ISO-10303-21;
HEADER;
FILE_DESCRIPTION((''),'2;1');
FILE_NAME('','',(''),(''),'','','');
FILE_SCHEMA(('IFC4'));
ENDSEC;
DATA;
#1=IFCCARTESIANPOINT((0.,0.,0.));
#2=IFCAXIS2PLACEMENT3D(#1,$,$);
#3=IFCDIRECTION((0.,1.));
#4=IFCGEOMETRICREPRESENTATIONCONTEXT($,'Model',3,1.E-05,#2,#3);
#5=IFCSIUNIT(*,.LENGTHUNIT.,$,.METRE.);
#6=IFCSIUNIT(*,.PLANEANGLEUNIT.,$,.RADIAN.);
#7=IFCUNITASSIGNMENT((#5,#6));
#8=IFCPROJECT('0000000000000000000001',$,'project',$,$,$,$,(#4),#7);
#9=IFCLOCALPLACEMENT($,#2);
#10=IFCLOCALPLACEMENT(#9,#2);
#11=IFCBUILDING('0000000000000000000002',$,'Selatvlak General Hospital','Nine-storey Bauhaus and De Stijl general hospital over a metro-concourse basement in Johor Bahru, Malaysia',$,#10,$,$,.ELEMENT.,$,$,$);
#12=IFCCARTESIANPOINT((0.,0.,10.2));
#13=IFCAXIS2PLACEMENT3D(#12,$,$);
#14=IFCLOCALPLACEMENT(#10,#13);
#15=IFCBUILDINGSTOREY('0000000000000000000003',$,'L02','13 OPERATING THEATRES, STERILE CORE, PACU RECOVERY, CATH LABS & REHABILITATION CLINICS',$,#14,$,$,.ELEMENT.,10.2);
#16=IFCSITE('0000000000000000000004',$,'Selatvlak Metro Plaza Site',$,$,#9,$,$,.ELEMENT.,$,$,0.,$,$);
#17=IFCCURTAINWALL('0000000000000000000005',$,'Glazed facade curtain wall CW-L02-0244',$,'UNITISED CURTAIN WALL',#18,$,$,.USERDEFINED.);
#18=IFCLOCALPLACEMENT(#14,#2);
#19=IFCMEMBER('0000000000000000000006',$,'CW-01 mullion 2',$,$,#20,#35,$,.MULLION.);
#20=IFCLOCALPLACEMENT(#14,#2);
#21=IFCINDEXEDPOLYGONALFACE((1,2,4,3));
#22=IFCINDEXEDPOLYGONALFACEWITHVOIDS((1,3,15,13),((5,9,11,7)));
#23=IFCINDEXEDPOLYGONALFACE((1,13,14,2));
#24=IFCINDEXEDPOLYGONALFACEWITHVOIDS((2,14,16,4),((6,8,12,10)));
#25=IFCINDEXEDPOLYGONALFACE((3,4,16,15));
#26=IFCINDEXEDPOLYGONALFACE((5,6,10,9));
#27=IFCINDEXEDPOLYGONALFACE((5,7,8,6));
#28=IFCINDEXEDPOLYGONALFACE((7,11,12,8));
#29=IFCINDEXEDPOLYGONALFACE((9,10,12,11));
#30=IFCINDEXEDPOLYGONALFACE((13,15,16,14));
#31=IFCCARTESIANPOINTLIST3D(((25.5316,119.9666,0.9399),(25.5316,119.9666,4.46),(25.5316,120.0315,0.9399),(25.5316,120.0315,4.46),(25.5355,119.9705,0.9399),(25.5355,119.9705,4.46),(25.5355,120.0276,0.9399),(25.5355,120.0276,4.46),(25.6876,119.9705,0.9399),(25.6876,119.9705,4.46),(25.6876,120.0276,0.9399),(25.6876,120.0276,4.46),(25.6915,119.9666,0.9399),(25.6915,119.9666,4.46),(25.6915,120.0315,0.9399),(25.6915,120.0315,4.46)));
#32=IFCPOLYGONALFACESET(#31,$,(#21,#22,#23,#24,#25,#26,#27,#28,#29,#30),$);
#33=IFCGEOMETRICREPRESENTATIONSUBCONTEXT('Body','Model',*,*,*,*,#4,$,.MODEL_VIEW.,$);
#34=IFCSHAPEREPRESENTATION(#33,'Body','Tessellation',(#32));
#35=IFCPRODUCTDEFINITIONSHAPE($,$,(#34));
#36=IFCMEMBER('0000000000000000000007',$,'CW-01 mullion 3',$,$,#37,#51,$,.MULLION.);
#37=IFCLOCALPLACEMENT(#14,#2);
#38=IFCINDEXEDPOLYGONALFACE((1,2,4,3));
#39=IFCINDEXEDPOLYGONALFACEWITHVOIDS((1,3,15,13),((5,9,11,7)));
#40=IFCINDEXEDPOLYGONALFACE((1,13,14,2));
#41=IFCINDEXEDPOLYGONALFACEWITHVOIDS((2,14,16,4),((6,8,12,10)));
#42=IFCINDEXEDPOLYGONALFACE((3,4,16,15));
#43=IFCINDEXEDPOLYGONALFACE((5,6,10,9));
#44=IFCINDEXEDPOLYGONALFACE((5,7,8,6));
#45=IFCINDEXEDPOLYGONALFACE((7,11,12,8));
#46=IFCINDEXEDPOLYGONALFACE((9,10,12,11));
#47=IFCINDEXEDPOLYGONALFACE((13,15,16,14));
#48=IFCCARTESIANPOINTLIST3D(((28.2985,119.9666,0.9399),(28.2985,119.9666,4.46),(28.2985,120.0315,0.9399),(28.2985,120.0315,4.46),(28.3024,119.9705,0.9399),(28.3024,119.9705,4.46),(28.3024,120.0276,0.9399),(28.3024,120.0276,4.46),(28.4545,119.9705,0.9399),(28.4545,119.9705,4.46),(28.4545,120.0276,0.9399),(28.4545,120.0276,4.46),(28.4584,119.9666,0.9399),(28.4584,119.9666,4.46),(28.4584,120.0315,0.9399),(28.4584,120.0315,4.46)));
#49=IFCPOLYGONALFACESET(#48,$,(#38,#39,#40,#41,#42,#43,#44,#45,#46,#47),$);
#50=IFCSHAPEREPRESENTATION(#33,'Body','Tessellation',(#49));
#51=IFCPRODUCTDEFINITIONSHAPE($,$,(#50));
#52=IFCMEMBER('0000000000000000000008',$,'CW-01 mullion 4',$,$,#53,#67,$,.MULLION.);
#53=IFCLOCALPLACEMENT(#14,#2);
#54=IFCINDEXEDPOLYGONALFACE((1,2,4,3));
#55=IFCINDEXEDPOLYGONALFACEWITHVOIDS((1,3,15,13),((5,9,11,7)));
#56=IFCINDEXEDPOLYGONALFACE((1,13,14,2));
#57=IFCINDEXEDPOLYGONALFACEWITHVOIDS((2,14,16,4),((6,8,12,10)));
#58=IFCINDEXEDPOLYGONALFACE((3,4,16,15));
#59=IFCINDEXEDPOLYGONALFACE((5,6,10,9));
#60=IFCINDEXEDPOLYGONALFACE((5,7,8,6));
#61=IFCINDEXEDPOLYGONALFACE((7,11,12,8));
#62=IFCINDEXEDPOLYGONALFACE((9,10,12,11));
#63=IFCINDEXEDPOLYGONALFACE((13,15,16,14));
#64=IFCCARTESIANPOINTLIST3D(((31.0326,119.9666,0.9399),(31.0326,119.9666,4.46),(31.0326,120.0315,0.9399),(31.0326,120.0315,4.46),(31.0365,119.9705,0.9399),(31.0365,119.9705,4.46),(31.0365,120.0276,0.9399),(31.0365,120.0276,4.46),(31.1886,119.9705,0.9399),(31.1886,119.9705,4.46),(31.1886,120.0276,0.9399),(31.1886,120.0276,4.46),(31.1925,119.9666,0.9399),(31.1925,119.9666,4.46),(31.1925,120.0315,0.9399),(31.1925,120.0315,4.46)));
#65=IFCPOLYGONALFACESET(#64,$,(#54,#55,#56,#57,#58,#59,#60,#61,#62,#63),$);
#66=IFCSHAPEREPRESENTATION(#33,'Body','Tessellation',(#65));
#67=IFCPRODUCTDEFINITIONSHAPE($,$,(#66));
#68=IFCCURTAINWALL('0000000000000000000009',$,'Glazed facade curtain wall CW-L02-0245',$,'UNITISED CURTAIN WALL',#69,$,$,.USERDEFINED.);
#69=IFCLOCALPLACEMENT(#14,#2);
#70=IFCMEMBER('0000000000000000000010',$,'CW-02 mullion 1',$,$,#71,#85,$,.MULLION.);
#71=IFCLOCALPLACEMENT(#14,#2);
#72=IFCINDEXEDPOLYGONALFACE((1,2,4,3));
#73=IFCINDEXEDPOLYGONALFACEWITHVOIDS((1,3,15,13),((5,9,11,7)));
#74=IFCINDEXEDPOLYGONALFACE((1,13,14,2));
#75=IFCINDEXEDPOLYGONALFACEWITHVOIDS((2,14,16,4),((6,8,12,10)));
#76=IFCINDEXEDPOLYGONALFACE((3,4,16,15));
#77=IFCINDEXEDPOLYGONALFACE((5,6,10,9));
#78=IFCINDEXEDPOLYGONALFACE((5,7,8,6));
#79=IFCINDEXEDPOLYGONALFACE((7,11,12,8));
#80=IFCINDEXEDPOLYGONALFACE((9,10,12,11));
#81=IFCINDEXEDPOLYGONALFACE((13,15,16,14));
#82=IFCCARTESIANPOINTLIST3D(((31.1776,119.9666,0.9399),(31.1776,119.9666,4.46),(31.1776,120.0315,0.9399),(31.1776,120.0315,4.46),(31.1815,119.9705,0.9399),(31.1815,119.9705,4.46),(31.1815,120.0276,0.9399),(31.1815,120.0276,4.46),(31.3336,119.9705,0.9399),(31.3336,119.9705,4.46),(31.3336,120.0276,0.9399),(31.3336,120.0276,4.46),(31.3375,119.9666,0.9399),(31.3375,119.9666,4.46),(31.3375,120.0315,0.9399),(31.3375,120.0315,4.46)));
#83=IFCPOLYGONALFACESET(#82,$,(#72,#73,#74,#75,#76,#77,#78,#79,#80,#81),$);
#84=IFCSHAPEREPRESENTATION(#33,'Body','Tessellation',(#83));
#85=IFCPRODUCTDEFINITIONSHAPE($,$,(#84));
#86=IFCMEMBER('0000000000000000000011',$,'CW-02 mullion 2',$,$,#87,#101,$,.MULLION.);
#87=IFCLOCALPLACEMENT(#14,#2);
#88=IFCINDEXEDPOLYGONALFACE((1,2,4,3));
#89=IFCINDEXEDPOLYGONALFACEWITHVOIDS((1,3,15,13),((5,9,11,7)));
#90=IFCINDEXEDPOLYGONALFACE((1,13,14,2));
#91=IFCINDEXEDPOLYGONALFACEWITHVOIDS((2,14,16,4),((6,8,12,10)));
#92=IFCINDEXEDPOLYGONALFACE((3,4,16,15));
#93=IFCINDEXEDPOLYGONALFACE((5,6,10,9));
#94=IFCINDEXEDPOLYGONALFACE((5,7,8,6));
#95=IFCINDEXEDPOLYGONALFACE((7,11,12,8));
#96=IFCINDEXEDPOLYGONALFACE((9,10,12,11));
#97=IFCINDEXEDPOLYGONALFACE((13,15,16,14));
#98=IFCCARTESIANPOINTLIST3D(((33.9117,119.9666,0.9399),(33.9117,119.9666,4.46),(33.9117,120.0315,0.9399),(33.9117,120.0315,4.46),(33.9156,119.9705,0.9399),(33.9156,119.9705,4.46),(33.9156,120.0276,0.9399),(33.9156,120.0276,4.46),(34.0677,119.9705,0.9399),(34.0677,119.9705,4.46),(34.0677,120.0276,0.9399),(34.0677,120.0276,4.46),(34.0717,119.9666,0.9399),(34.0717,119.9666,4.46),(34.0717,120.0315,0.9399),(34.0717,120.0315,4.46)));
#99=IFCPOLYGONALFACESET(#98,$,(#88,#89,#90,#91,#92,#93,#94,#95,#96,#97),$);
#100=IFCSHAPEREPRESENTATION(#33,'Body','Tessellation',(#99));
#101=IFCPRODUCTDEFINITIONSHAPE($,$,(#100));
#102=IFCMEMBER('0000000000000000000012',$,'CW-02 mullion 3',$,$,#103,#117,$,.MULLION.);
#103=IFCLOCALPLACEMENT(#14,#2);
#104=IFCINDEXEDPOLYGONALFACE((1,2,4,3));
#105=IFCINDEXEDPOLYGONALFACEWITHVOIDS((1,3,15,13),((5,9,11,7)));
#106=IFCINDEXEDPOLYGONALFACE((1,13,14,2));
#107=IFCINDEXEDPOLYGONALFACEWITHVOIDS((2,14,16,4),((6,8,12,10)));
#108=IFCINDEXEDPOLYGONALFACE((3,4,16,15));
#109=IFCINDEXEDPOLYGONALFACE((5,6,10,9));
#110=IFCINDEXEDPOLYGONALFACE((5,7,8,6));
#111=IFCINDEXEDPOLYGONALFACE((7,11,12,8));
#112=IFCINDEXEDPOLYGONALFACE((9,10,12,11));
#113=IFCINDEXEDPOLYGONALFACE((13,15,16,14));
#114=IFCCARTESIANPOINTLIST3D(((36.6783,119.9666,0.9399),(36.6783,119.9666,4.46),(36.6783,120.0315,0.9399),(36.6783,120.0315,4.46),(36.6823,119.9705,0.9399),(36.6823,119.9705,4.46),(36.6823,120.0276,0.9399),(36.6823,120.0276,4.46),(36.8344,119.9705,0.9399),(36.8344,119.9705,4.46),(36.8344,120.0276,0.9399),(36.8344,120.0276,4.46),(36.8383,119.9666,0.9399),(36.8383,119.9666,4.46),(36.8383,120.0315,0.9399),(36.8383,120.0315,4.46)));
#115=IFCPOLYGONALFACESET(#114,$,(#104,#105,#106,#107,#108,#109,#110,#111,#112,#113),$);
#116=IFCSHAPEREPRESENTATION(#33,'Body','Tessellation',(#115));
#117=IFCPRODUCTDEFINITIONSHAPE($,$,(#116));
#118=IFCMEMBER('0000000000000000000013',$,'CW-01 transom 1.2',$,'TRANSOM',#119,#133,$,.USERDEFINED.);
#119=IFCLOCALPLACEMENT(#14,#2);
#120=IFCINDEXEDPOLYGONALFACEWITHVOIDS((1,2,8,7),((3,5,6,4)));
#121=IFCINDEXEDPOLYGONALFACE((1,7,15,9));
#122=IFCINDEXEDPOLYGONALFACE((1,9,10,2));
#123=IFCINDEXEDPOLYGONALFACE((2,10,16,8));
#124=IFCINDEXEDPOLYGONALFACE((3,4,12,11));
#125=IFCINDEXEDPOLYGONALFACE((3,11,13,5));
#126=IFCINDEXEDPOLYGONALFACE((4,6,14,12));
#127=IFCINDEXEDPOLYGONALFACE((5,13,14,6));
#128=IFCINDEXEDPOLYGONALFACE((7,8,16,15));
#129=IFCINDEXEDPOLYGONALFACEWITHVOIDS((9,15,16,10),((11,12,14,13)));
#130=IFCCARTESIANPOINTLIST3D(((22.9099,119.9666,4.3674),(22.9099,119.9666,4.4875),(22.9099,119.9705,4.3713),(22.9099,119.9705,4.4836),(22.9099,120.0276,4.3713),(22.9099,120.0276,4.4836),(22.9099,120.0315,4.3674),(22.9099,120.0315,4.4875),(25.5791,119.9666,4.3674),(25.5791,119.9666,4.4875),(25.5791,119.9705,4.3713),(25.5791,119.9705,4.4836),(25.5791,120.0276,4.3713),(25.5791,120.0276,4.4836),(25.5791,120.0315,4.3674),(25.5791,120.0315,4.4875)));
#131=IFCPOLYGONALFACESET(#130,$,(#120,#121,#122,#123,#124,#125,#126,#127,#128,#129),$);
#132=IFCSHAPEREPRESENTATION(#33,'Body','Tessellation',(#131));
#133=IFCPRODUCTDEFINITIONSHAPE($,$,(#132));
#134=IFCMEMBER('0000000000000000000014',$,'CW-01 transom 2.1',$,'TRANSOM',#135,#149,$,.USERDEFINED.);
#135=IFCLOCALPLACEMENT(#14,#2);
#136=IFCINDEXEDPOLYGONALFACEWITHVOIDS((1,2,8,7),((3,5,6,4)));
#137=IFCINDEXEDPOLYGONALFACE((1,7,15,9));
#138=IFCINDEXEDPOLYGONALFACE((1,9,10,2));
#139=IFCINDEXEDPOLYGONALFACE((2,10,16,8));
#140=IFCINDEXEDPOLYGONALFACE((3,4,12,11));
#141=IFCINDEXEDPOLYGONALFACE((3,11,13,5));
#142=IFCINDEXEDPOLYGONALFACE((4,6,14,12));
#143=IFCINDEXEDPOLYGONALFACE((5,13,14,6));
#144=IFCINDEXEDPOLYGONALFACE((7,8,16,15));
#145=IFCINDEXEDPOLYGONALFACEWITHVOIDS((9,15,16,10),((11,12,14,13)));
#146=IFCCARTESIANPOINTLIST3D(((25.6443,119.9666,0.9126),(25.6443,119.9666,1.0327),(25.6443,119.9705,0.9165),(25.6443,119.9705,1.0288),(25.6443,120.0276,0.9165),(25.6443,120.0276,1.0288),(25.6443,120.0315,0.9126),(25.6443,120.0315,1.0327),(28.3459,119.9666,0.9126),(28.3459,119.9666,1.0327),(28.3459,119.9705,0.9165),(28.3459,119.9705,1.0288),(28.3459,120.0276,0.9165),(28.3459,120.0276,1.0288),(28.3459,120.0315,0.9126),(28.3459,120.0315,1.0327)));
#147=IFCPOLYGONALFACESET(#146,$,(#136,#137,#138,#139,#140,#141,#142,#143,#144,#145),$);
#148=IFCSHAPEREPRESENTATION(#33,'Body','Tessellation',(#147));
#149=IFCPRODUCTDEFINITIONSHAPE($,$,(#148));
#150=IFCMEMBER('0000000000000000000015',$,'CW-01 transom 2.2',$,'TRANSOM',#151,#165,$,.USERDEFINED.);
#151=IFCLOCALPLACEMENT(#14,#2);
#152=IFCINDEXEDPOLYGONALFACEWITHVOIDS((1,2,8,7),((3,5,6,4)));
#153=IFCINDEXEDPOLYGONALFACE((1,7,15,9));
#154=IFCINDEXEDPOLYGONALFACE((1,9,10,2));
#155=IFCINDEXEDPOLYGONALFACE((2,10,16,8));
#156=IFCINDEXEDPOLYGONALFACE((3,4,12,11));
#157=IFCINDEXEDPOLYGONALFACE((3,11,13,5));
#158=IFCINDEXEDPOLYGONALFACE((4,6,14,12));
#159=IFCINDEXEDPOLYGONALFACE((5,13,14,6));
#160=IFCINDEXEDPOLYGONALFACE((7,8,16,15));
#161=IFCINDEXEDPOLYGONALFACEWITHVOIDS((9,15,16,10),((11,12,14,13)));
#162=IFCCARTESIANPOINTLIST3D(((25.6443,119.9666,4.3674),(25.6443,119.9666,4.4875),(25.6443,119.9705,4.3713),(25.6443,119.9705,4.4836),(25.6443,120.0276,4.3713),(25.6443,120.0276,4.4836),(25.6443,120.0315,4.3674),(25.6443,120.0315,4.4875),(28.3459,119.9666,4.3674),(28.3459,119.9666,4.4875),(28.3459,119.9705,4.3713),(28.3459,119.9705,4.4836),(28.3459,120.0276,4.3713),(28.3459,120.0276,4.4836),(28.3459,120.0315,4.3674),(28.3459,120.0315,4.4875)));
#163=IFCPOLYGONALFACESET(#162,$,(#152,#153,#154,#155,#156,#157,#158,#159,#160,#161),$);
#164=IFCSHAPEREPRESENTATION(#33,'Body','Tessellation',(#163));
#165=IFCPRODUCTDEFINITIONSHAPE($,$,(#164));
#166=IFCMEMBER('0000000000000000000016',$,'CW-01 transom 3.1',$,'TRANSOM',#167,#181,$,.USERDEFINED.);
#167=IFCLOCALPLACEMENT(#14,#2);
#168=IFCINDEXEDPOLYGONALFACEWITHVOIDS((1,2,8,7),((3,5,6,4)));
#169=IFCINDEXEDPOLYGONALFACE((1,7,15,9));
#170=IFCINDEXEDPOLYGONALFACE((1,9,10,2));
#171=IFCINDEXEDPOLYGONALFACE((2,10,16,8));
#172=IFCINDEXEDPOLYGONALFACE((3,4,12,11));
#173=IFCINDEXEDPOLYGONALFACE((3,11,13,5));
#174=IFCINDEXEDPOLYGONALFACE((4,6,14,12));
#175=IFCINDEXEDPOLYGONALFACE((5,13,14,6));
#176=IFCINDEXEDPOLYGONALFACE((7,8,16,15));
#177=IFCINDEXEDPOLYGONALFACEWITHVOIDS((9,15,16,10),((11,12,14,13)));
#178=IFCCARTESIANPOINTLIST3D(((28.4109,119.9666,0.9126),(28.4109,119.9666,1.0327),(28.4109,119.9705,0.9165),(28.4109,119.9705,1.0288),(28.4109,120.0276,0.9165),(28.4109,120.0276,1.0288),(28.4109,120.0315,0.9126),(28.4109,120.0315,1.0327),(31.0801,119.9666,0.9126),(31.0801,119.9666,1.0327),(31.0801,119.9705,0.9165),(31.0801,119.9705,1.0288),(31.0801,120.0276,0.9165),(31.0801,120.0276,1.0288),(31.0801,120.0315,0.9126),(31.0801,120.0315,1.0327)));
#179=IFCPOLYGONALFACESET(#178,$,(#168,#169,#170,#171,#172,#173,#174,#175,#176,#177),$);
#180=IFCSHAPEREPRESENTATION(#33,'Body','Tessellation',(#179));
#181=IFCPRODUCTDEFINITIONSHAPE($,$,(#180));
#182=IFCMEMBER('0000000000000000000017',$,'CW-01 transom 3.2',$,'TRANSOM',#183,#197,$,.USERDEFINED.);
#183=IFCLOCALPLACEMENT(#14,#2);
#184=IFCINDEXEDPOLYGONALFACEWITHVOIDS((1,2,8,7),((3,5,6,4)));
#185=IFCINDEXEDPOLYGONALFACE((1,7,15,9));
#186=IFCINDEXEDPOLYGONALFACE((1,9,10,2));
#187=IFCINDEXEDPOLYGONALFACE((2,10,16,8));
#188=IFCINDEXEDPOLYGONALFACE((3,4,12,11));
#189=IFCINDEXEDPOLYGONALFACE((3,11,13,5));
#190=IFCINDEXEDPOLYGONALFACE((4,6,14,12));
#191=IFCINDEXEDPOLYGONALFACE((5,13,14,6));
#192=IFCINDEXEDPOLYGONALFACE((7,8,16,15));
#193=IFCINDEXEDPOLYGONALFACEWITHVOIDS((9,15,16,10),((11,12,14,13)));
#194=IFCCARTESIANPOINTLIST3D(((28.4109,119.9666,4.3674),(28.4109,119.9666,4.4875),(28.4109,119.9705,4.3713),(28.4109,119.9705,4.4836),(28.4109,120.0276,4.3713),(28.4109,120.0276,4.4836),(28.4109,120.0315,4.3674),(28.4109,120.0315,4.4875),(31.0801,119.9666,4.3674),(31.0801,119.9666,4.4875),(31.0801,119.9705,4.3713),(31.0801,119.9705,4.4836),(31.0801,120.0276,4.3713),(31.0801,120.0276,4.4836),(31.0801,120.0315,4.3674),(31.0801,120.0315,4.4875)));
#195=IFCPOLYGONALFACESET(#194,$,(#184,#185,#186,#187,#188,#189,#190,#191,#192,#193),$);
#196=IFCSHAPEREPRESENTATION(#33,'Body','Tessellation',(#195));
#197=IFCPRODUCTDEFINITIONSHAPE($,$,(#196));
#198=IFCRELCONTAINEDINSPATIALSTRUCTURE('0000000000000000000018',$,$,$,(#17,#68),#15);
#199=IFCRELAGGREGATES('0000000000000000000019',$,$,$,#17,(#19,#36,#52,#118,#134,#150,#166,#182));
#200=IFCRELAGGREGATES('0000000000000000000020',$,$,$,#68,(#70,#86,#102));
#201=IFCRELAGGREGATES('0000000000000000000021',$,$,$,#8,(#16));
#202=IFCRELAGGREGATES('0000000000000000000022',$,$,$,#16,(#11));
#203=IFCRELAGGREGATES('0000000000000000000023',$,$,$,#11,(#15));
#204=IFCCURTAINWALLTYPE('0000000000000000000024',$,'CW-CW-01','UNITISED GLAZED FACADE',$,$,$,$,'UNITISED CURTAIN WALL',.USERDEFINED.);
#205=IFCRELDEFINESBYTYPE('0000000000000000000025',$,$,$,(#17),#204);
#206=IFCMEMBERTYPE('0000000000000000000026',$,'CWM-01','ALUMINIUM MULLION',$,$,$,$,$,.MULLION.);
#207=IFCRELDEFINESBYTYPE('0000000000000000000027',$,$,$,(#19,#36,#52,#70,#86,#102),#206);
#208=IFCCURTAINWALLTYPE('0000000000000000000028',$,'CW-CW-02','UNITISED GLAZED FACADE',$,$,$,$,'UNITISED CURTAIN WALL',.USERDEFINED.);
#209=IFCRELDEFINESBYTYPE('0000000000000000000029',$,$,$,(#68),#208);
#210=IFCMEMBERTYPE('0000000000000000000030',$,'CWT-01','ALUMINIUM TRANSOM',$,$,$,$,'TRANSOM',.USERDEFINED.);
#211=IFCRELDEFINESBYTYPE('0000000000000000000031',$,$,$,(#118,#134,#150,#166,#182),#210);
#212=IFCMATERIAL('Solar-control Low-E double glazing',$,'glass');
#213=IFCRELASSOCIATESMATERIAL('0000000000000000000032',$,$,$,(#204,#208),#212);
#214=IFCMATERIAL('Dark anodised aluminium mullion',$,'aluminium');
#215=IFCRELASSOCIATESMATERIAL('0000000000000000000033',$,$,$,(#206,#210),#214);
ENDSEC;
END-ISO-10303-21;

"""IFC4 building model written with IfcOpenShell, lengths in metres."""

from ifc_helpers import new_model, si_unit, direction, frame, origin, origin_2d, place, context, subcontext, project, spatial, hollow_rectangle, extrude, material, material_profile, profile_set, type_object, element, aggregate, save


model = new_model("IFC4")

# Units and contexts
model_context = context("Model", 3, precision=1e-05, world=origin(), true_north=direction((0.0, 1.0)))
body_context = subcontext(model_context, "Body", "Model", "MODEL_VIEW")
ifc_project = project(units=[si_unit("LENGTHUNIT", "METRE"), si_unit("PLANEANGLEUNIT", "RADIAN")], contexts=[model_context])

# Site, building, storey
site_placement = place(None, origin())
site = spatial("IfcSite", under=ifc_project, at=site_placement, Name="Selatvlak Metro Plaza Site", CompositionType="ELEMENT", RefElevation=0.0)
building_placement = place(site_placement, origin())
building = spatial("IfcBuilding", under=site, at=building_placement, Name="Selatvlak General Hospital", Description="Nine-storey Bauhaus and De Stijl general hospital over a metro-concourse basement in Johor Bahru, Malaysia", CompositionType="ELEMENT")
storey_placement = place(building_placement, frame((0.0, 0.0, 10.2)))
storey = spatial("IfcBuildingStorey", under=building, at=storey_placement, Name="L02", Description="13 OPERATING THEATRES, STERILE CORE, PACU RECOVERY, CATH LABS & REHABILITATION CLINICS", CompositionType="ELEMENT", Elevation=10.2)

# Curtain walls, members
ifc_material_1 = material(Name="Solar-control Low-E double glazing", Category="glass")
curtain_wall_type_1 = type_object("IfcCurtainWallType", Name="CW-CW-01", Description="UNITISED GLAZED FACADE", ElementType="UNITISED CURTAIN WALL", PredefinedType="USERDEFINED", material=ifc_material_1)
curtain_wall_1_placement = place(storey_placement, origin())
curtain_wall_1 = element("IfcCurtainWall", 1, at=curtain_wall_1_placement, inside=storey, type_object=curtain_wall_type_1, Name="Glazed facade curtain wall CW-L02-0244", ObjectType="UNITISED CURTAIN WALL", PredefinedType="USERDEFINED")
ifc_material_2 = material(Name="Dark anodised aluminium mullion", Category="aluminium")
ifc_material_profile_1 = material_profile(ifc_material_2, hollow_rectangle(XDim=0.0649, YDim=0.1599, WallThickness=0.0039, at=origin_2d()), Name="AL-MUL 65x160x4")
ifc_profile_set_1 = profile_set([ifc_material_profile_1], Name="Dark anodised aluminium mullion")
member_type_1 = type_object("IfcMemberType", Name="CWM-01", Description="ALUMINIUM MULLION", PredefinedType="MULLION", material=ifc_profile_set_1)
member_1_placement = place(storey_placement, frame((25.6116, 119.999, 0.9399), z_axis=(0.0, 0.0, 1.0), x_axis=(0.0, 1.0, 0.0)))
member_1 = element("IfcMember", 2, at=member_1_placement, type_object=member_type_1, Name="CW-01 mullion 2", PredefinedType="MULLION", context=body_context, shape_type="SweptSolid", body=[
    extrude(hollow_rectangle(XDim=0.0649, YDim=0.1599, WallThickness=0.0039, at=origin_2d()), origin(), (0.0, 0.0, 1.0), 3.52),
])
member_2_placement = place(storey_placement, frame((28.3784, 119.999, 0.9399), z_axis=(0.0, 0.0, 1.0), x_axis=(0.0, 1.0, 0.0)))
member_2 = element("IfcMember", 3, at=member_2_placement, type_object=member_type_1, Name="CW-01 mullion 3", PredefinedType="MULLION", context=body_context, shape_type="SweptSolid", body=[
    extrude(hollow_rectangle(XDim=0.0649, YDim=0.1599, WallThickness=0.0039, at=origin_2d()), origin(), (0.0, 0.0, 1.0), 3.52),
])
member_3_placement = place(storey_placement, frame((31.1125, 119.999, 0.9399), z_axis=(0.0, 0.0, 1.0), x_axis=(0.0, 1.0, 0.0)))
member_3 = element("IfcMember", 4, at=member_3_placement, type_object=member_type_1, Name="CW-01 mullion 4", PredefinedType="MULLION", context=body_context, shape_type="SweptSolid", body=[
    extrude(hollow_rectangle(XDim=0.0649, YDim=0.1599, WallThickness=0.0039, at=origin_2d()), origin(), (0.0, 0.0, 1.0), 3.52),
])
curtain_wall_type_2 = type_object("IfcCurtainWallType", Name="CW-CW-02", Description="UNITISED GLAZED FACADE", ElementType="UNITISED CURTAIN WALL", PredefinedType="USERDEFINED", material=ifc_material_1)
curtain_wall_2_placement = place(storey_placement, origin())
curtain_wall_2 = element("IfcCurtainWall", 5, at=curtain_wall_2_placement, inside=storey, type_object=curtain_wall_type_2, Name="Glazed facade curtain wall CW-L02-0245", ObjectType="UNITISED CURTAIN WALL", PredefinedType="USERDEFINED")
member_4_placement = place(storey_placement, frame((31.2576, 119.999, 0.9399), z_axis=(0.0, 0.0, 1.0), x_axis=(0.0, 1.0, 0.0)))
member_4 = element("IfcMember", 6, at=member_4_placement, type_object=member_type_1, Name="CW-02 mullion 1", PredefinedType="MULLION", context=body_context, shape_type="SweptSolid", body=[
    extrude(hollow_rectangle(XDim=0.0649, YDim=0.1599, WallThickness=0.0039, at=origin_2d()), origin(), (0.0, 0.0, 1.0), 3.52),
])
member_5_placement = place(storey_placement, frame((33.9917, 119.999, 0.9399), z_axis=(0.0, 0.0, 1.0), x_axis=(0.0, 1.0, 0.0)))
member_5 = element("IfcMember", 7, at=member_5_placement, type_object=member_type_1, Name="CW-02 mullion 2", PredefinedType="MULLION", context=body_context, shape_type="SweptSolid", body=[
    extrude(hollow_rectangle(XDim=0.0649, YDim=0.1599, WallThickness=0.0039, at=origin_2d()), origin(), (0.0, 0.0, 1.0), 3.52),
])
member_6_placement = place(storey_placement, frame((36.7583, 119.999, 0.9399), z_axis=(0.0, 0.0, 1.0), x_axis=(0.0, 1.0, 0.0)))
member_6 = element("IfcMember", 8, at=member_6_placement, type_object=member_type_1, Name="CW-02 mullion 3", PredefinedType="MULLION", context=body_context, shape_type="SweptSolid", body=[
    extrude(hollow_rectangle(XDim=0.0649, YDim=0.1599, WallThickness=0.0039, at=origin_2d()), origin(), (0.0, 0.0, 1.0), 3.52),
])

# Members
ifc_material_profile_2 = material_profile(ifc_material_2, hollow_rectangle(XDim=0.0649, YDim=0.1201, WallThickness=0.0039, at=origin_2d()), Name="AL-TRN 65x120x4")
ifc_profile_set_2 = profile_set([ifc_material_profile_2], Name="Dark anodised aluminium mullion")
member_type_2 = type_object("IfcMemberType", Name="CWT-01", Description="ALUMINIUM TRANSOM", ElementType="TRANSOM", PredefinedType="USERDEFINED", material=ifc_profile_set_2)
member_7_placement = place(storey_placement, frame((22.9099, 119.999, 4.4275), z_axis=(1.0, 0.0, 0.0), x_axis=(0.0, 1.0, 0.0)))
member_7 = element("IfcMember", 9, at=member_7_placement, type_object=member_type_2, Name="CW-01 transom 1.2", ObjectType="TRANSOM", PredefinedType="USERDEFINED", context=body_context, shape_type="SweptSolid", body=[
    extrude(hollow_rectangle(XDim=0.0649, YDim=0.1201, WallThickness=0.0039, at=origin_2d()), origin(), (0.0, 0.0, 1.0), 2.6692),
])
member_8_placement = place(storey_placement, frame((25.6443, 119.999, 0.9727), z_axis=(1.0, 0.0, 0.0), x_axis=(0.0, 1.0, 0.0)))
member_8 = element("IfcMember", 10, at=member_8_placement, type_object=member_type_2, Name="CW-01 transom 2.1", ObjectType="TRANSOM", PredefinedType="USERDEFINED", context=body_context, shape_type="SweptSolid", body=[
    extrude(hollow_rectangle(XDim=0.0649, YDim=0.1201, WallThickness=0.0039, at=origin_2d()), origin(), (0.0, 0.0, 1.0), 2.7017),
])
member_9_placement = place(storey_placement, frame((25.6443, 119.999, 4.4275), z_axis=(1.0, 0.0, 0.0), x_axis=(0.0, 1.0, 0.0)))
member_9 = element("IfcMember", 11, at=member_9_placement, type_object=member_type_2, Name="CW-01 transom 2.2", ObjectType="TRANSOM", PredefinedType="USERDEFINED", context=body_context, shape_type="SweptSolid", body=[
    extrude(hollow_rectangle(XDim=0.0649, YDim=0.1201, WallThickness=0.0039, at=origin_2d()), origin(), (0.0, 0.0, 1.0), 2.7017),
])
member_10_placement = place(storey_placement, frame((28.4109, 119.999, 0.9727), z_axis=(1.0, 0.0, 0.0), x_axis=(0.0, 1.0, 0.0)))
member_10 = element("IfcMember", 12, at=member_10_placement, type_object=member_type_2, Name="CW-01 transom 3.1", ObjectType="TRANSOM", PredefinedType="USERDEFINED", context=body_context, shape_type="SweptSolid", body=[
    extrude(hollow_rectangle(XDim=0.0649, YDim=0.1201, WallThickness=0.0039, at=origin_2d()), origin(), (0.0, 0.0, 1.0), 2.6692),
])
member_11_placement = place(storey_placement, frame((28.4109, 119.999, 4.4275), z_axis=(1.0, 0.0, 0.0), x_axis=(0.0, 1.0, 0.0)))
member_11 = element("IfcMember", 13, at=member_11_placement, type_object=member_type_2, Name="CW-01 transom 3.2", ObjectType="TRANSOM", PredefinedType="USERDEFINED", context=body_context, shape_type="SweptSolid", body=[
    extrude(hollow_rectangle(XDim=0.0649, YDim=0.1201, WallThickness=0.0039, at=origin_2d()), origin(), (0.0, 0.0, 1.0), 2.6692),
])

aggregate(curtain_wall_1, [member_1, member_2, member_3, member_7, member_8, member_9, member_10, member_11])
aggregate(curtain_wall_2, [member_4, member_5, member_6])

save(model, "model.ifc")
